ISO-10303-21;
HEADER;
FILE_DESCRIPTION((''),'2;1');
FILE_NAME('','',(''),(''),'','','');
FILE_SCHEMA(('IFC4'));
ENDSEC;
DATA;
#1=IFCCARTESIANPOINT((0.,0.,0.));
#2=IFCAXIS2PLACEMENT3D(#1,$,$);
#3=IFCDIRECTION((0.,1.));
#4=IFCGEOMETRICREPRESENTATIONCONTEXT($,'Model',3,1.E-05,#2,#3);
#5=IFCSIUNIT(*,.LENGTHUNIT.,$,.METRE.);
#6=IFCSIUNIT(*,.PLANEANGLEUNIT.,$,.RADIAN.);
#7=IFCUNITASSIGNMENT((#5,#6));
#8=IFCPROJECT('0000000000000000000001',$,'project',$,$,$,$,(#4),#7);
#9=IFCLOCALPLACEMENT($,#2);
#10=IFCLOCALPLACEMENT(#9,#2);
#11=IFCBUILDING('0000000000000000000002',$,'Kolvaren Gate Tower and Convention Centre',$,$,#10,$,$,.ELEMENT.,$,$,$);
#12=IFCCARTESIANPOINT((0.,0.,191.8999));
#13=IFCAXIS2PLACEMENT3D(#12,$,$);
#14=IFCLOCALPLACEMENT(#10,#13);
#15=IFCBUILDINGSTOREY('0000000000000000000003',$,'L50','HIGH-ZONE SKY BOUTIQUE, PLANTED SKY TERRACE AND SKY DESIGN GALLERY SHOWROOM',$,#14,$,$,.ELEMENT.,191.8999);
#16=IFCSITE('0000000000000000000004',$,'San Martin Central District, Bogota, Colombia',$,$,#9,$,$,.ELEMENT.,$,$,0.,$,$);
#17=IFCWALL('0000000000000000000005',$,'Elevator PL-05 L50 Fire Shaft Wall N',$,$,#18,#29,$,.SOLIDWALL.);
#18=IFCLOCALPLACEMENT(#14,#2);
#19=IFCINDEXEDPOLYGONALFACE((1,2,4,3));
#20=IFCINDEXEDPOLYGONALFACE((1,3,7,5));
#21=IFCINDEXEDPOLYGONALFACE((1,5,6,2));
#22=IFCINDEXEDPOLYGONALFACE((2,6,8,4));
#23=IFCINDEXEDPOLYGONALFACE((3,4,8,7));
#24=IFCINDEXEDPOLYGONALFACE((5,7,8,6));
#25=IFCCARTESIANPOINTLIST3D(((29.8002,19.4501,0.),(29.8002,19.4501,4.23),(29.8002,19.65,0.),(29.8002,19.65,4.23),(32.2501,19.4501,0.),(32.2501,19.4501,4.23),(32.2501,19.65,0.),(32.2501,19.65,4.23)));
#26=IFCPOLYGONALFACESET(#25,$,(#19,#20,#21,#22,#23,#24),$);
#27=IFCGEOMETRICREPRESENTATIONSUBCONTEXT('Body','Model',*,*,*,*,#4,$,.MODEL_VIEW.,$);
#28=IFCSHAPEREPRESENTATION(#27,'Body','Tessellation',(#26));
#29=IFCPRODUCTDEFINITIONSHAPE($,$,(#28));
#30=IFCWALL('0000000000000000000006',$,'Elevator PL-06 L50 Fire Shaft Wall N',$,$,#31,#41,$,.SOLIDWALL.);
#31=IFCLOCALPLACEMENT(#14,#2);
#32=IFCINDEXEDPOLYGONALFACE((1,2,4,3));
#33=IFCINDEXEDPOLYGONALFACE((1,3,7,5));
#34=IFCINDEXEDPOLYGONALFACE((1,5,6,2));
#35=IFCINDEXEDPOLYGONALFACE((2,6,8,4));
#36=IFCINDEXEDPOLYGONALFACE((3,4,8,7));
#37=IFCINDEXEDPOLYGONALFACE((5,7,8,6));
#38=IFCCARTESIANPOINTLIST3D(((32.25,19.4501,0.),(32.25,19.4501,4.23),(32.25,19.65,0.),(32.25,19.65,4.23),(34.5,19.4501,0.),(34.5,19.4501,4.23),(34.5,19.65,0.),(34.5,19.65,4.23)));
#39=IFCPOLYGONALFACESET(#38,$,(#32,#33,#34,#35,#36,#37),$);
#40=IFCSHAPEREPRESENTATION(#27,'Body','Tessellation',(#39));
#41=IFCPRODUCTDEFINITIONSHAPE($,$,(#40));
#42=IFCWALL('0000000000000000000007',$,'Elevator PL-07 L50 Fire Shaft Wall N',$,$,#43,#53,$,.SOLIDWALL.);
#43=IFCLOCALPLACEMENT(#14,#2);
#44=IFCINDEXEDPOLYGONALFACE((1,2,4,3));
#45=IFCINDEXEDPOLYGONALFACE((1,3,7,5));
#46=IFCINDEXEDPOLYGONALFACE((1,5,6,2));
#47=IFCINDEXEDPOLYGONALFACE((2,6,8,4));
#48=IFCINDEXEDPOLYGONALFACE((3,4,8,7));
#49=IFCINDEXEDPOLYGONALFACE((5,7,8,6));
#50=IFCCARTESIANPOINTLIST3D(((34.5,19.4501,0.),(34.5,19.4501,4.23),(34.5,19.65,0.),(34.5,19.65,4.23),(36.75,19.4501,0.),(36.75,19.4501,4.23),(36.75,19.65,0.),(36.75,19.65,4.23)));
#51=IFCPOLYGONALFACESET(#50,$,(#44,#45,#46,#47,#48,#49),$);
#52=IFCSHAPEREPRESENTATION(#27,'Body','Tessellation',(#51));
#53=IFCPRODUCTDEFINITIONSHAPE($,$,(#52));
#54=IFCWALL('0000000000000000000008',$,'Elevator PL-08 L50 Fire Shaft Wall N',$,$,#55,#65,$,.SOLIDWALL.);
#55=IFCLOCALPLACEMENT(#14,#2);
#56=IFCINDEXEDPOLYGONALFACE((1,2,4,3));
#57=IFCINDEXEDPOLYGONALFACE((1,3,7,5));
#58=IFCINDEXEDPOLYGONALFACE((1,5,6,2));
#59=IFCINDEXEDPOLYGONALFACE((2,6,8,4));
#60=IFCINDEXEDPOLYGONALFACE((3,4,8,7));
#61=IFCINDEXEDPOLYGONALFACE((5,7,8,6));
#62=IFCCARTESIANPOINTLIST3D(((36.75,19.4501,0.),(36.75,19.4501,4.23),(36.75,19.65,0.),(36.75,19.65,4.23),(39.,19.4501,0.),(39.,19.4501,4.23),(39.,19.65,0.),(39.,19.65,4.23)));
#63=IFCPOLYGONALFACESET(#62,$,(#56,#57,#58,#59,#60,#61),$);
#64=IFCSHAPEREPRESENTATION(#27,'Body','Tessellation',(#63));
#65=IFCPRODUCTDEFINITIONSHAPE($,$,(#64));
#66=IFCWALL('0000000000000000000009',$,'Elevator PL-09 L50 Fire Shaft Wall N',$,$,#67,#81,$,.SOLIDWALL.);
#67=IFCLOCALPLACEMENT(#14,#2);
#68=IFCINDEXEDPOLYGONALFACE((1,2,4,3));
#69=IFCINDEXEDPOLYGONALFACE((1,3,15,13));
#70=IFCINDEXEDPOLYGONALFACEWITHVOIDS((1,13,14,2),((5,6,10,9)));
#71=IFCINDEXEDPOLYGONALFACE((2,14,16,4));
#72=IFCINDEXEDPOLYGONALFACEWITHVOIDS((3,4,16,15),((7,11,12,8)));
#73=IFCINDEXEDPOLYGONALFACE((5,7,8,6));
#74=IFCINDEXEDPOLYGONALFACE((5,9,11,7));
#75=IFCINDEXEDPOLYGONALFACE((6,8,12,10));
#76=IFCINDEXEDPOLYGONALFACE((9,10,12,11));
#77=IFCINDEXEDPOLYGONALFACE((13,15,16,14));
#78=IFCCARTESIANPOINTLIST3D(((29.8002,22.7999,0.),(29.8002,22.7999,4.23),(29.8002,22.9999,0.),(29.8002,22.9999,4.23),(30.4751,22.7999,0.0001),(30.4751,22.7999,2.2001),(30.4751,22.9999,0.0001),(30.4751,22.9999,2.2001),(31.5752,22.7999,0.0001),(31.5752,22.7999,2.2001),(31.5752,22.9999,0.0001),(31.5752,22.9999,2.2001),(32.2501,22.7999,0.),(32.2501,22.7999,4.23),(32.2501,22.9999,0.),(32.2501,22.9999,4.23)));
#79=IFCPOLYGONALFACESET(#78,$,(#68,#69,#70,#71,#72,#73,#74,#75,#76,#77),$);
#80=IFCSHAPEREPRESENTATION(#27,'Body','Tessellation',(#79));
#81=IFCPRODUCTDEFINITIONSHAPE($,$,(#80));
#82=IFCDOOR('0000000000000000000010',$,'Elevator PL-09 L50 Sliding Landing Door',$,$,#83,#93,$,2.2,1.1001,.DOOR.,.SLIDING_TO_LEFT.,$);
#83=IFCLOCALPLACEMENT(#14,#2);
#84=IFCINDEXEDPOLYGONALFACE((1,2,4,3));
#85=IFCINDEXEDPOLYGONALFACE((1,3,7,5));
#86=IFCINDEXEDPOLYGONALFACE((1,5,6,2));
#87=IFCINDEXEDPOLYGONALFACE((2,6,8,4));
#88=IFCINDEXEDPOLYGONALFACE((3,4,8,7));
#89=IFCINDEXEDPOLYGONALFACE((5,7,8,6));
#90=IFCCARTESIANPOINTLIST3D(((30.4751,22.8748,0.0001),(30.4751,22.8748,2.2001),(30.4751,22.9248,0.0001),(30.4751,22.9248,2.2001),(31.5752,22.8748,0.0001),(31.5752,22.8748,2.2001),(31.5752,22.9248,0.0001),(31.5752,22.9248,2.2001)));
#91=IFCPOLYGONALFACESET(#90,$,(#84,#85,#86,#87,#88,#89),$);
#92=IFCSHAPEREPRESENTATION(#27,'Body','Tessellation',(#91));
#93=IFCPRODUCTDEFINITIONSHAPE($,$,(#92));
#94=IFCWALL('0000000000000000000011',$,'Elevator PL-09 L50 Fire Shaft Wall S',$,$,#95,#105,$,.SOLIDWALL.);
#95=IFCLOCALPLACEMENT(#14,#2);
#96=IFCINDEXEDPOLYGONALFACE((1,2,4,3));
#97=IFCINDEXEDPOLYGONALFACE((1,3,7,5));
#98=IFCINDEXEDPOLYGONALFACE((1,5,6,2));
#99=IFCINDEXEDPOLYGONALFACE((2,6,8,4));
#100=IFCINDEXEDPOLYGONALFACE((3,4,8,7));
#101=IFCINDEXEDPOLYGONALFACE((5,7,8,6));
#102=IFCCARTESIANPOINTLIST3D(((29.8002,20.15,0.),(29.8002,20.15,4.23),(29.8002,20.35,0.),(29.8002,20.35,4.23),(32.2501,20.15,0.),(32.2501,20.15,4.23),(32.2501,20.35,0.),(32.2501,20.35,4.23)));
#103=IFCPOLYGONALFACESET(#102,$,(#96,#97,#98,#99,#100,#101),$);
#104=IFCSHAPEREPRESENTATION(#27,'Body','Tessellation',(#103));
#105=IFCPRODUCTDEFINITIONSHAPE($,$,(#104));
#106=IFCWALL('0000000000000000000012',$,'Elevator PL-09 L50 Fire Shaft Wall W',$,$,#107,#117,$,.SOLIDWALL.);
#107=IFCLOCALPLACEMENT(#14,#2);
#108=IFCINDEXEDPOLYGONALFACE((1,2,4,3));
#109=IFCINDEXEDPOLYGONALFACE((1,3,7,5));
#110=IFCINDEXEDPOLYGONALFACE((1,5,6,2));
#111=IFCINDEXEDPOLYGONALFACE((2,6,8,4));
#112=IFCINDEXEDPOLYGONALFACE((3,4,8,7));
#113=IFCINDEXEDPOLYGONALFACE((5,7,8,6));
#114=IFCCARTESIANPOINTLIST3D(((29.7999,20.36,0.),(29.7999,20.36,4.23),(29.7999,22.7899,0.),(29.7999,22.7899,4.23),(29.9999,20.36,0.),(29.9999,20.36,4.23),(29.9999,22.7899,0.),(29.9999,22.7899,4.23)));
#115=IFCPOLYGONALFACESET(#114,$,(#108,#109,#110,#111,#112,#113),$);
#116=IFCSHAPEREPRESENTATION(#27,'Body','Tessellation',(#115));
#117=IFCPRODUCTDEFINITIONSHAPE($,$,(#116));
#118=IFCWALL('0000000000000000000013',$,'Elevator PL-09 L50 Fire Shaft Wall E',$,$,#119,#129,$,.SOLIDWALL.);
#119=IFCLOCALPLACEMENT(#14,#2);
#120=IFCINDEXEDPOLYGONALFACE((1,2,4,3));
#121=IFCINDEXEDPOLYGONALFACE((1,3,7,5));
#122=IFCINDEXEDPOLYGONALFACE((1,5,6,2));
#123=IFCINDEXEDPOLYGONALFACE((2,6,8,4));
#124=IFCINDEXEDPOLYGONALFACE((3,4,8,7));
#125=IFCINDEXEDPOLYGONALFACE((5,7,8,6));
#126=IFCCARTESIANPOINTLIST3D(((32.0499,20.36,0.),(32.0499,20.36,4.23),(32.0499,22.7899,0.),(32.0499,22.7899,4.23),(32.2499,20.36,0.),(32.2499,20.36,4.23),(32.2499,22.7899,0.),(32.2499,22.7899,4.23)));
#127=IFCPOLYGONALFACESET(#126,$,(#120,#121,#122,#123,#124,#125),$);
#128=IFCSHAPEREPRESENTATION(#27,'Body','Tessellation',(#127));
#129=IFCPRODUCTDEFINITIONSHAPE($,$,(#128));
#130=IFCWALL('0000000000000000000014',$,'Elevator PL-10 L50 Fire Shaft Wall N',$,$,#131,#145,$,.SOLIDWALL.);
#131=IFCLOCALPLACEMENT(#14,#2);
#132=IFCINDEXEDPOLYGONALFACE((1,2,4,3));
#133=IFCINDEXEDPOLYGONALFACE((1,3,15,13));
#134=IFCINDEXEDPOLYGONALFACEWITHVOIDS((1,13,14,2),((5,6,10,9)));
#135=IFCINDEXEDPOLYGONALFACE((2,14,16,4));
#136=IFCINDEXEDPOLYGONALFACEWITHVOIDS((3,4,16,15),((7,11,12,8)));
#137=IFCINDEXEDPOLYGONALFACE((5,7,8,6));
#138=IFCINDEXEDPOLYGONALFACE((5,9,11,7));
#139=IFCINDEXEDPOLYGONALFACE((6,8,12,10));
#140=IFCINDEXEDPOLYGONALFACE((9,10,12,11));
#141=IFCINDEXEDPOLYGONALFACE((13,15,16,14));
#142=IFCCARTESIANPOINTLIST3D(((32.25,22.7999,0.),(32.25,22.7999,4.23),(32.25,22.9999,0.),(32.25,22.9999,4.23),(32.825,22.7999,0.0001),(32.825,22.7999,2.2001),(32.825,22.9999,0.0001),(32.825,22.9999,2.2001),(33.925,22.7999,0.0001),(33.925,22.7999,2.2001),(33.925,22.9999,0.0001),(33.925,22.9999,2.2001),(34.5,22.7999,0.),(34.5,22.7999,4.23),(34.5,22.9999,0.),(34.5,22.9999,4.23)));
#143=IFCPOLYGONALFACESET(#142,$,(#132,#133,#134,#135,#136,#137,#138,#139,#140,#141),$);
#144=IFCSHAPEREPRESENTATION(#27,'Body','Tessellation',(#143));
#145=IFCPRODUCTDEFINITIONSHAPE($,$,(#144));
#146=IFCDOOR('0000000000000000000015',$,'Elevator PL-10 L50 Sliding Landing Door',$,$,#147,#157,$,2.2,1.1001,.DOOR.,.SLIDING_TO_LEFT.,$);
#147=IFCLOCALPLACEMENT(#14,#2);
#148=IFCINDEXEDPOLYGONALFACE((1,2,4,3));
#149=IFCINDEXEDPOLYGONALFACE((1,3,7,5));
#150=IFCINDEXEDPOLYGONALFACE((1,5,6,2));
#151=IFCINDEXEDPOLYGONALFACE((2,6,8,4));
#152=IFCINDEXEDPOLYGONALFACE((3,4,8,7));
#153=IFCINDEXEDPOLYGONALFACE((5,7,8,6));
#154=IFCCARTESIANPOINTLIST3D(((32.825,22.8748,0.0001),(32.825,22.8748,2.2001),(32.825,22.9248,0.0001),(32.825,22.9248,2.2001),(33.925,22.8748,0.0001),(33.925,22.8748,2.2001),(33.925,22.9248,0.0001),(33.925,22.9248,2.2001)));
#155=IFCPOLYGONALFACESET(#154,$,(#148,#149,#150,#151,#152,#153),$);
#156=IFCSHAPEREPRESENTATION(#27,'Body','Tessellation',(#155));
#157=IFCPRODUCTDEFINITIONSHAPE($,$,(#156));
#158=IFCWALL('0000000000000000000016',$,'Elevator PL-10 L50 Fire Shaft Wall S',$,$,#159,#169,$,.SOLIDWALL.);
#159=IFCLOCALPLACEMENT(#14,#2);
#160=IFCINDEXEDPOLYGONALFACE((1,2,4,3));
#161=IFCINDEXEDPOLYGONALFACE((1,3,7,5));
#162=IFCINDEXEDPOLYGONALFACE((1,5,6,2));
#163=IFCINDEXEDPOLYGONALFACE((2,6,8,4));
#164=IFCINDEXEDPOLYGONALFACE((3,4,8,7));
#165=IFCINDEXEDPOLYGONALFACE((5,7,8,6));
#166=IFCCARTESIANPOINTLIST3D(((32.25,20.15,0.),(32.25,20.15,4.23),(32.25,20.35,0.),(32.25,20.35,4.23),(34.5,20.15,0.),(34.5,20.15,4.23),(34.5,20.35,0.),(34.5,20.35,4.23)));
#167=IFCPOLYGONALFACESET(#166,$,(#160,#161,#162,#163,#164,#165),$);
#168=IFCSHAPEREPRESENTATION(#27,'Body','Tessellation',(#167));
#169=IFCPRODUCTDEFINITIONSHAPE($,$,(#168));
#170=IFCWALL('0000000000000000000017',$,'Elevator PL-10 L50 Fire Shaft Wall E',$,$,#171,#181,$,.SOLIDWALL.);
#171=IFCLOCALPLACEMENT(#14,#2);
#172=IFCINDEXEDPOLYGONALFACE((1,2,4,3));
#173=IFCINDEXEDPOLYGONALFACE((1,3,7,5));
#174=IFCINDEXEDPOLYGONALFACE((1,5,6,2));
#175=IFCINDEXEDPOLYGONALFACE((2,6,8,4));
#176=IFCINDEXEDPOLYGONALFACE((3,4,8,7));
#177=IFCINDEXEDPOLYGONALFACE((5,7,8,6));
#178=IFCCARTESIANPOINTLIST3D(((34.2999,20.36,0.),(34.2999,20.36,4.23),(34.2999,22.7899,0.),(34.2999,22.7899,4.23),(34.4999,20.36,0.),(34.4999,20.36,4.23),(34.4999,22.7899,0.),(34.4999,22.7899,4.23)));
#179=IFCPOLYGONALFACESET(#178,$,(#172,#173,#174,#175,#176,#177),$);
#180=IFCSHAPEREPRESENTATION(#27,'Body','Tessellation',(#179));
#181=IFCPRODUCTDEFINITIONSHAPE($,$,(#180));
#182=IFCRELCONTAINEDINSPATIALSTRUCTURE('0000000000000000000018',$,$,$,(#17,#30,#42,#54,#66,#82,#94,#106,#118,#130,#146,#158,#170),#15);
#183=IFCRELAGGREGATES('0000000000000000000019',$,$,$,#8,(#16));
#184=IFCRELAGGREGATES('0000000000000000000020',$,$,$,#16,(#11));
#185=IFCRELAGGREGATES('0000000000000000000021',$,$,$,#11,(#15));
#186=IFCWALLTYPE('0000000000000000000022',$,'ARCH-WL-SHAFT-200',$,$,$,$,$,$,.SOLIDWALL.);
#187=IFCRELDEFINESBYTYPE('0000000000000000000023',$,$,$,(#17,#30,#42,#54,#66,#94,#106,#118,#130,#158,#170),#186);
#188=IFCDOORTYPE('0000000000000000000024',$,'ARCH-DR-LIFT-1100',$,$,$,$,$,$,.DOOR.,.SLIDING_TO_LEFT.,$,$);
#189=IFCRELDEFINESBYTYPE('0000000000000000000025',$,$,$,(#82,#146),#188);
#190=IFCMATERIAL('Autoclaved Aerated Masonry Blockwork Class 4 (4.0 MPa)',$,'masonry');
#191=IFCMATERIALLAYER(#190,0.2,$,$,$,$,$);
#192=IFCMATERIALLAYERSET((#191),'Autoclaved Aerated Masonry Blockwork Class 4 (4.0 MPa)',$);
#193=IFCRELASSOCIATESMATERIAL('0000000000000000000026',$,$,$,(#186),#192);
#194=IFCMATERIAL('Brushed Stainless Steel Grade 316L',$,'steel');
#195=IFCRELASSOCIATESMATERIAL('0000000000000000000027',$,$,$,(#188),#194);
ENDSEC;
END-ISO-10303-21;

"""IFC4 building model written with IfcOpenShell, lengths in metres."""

from ifc_helpers import new_model, si_unit, direction, frame, frame_2d, origin, place, context, subcontext, project, spatial, rectangle, extrude, material, layer, layer_set, type_object, element, fill, save


model = new_model("IFC4")

# Units and contexts
model_context = context("Model", 3, precision=1e-05, world=origin(), true_north=direction((0.0, 1.0)))
body_context = subcontext(model_context, "Body", "Model", "MODEL_VIEW")
ifc_project = project(units=[si_unit("LENGTHUNIT", "METRE"), si_unit("PLANEANGLEUNIT", "RADIAN")], contexts=[model_context])

# Site, building, storey
site_placement = place(None, origin())
site = spatial("IfcSite", under=ifc_project, at=site_placement, Name="San Martin Central District, Bogota, Colombia", CompositionType="ELEMENT", RefElevation=0.0)
building_placement = place(site_placement, origin())
building = spatial("IfcBuilding", under=site, at=building_placement, Name="Kolvaren Gate Tower and Convention Centre", CompositionType="ELEMENT")
storey_placement = place(building_placement, frame((0.0, 0.0, 191.8999)))
storey = spatial("IfcBuildingStorey", under=building, at=storey_placement, Name="L50", Description="HIGH-ZONE SKY BOUTIQUE, PLANTED SKY TERRACE AND SKY DESIGN GALLERY SHOWROOM", CompositionType="ELEMENT", Elevation=191.8999)

# Walls
ifc_material_1 = material(Name="Autoclaved Aerated Masonry Blockwork Class 4 (4.0 MPa)", Category="masonry")
ifc_layer = layer(ifc_material_1, 0.2)
ifc_layer_set = layer_set([ifc_layer], Name="Autoclaved Aerated Masonry Blockwork Class 4 (4.0 MPa)")
wall_type = type_object("IfcWallType", Name="ARCH-WL-SHAFT-200", PredefinedType="SOLIDWALL", material=ifc_layer_set)
wall_1_placement = place(storey_placement, frame((29.8, 19.55, 0.0), z_axis=(0.0, 0.0, 1.0), x_axis=(1.0, 0.0, 0.0)))
element("IfcWall", 1, at=wall_1_placement, inside=storey, type_object=wall_type, Name="Elevator PL-05 L50 Fire Shaft Wall N", PredefinedType="SOLIDWALL", context=body_context, shape_type="SweptSolid", body=[
    extrude(rectangle(XDim=2.45, YDim=0.2, at=frame_2d((1.2251, 0.0))), origin(), (0.0, 0.0, 1.0), 4.23),
])
for number, where, z_axis, x_axis, name in (
    (2, (32.25, 19.55, 0.0), (0.0, 0.0, 1.0), (1.0, 0.0, 0.0), "Elevator PL-06 L50 Fire Shaft Wall N"),
    (3, (34.5, 19.55, 0.0), (0.0, 0.0, 1.0), (1.0, 0.0, 0.0), "Elevator PL-07 L50 Fire Shaft Wall N"),
    (4, (36.75, 19.55, 0.0), (0.0, 0.0, 1.0), (1.0, 0.0, 0.0), "Elevator PL-08 L50 Fire Shaft Wall N"),
):
    element("IfcWall", number, at=place(storey_placement, frame(where, z_axis=z_axis, x_axis=x_axis)), inside=storey, type_object=wall_type, Name=name, PredefinedType="SOLIDWALL", context=body_context, shape_type="SweptSolid", body=[
        extrude(rectangle(XDim=2.25, YDim=0.2, at=frame_2d((1.125, 0.0))), origin(), (0.0, 0.0, 1.0), 4.23),
    ])

# Wall, opening, door
wall_2_placement = place(storey_placement, frame((29.8, 22.8999, 0.0), z_axis=(0.0, 0.0, 1.0), x_axis=(1.0, 0.0, 0.0)))
wall_2 = element("IfcWall", 5, at=wall_2_placement, inside=storey, type_object=wall_type, Name="Elevator PL-09 L50 Fire Shaft Wall N", PredefinedType="SOLIDWALL", context=body_context, shape_type="SweptSolid", body=[
    extrude(rectangle(XDim=2.45, YDim=0.2, at=frame_2d((1.2251, 0.0))), origin(), (0.0, 0.0, 1.0), 4.23),
])
opening_1_placement = place(wall_2_placement, frame((0.675, 0.0, 0.0)))
opening_1 = element("IfcOpeningElement", 6, at=opening_1_placement, cuts=wall_2, PredefinedType="OPENING", context=body_context, shape_type="SweptSolid", body=[
    extrude(rectangle(XDim=1.1001, YDim=2.2, at=frame_2d((0.55, 1.1001))), frame((0.0, 0.1099, 0.0), z_axis=(0.0, -1.0, 0.0), x_axis=(1.0, 0.0, 0.0)), (0.0, 0.0, 1.0), 0.22),
])
ifc_material_2 = material(Name="Brushed Stainless Steel Grade 316L", Category="steel")
door_type = type_object("IfcDoorType", Name="ARCH-DR-LIFT-1100", OperationType="SLIDING_TO_LEFT", PredefinedType="DOOR", material=ifc_material_2)
door_1_placement = place(opening_1_placement, origin())
door_1 = element("IfcDoor", 7, at=door_1_placement, inside=storey, type_object=door_type, Name="Elevator PL-09 L50 Sliding Landing Door", OperationType="SLIDING_TO_LEFT", OverallHeight=2.2, OverallWidth=1.1001, PredefinedType="DOOR", context=body_context, shape_type="SweptSolid", body=[
    extrude(rectangle(XDim=1.1001, YDim=2.2, at=frame_2d((0.55, 1.1001))), frame((0.0, 0.0249, 0.0), z_axis=(0.0, -1.0, 0.0), x_axis=(1.0, 0.0, 0.0)), (0.0, 0.0, 1.0), 0.05),
])
fill(opening_1, door_1)

# Walls
wall_3_placement = place(storey_placement, frame((29.8, 20.25, 0.0), z_axis=(0.0, 0.0, 1.0), x_axis=(1.0, 0.0, 0.0)))
element("IfcWall", 8, at=wall_3_placement, inside=storey, type_object=wall_type, Name="Elevator PL-09 L50 Fire Shaft Wall S", PredefinedType="SOLIDWALL", context=body_context, shape_type="SweptSolid", body=[
    extrude(rectangle(XDim=2.45, YDim=0.2, at=frame_2d((1.2251, 0.0))), origin(), (0.0, 0.0, 1.0), 4.23),
])
for number, where, z_axis, x_axis, name in (
    (9, (29.8999, 20.3601, 0.0), (0.0, 0.0, 1.0), (0.0, 1.0, 0.0), "Elevator PL-09 L50 Fire Shaft Wall W"),
    (10, (32.1499, 20.3601, 0.0), (0.0, 0.0, 1.0), (0.0, 1.0, 0.0), "Elevator PL-09 L50 Fire Shaft Wall E"),
):
    element("IfcWall", number, at=place(storey_placement, frame(where, z_axis=z_axis, x_axis=x_axis)), inside=storey, type_object=wall_type, Name=name, PredefinedType="SOLIDWALL", context=body_context, shape_type="SweptSolid", body=[
        extrude(rectangle(XDim=2.4299, YDim=0.2, at=frame_2d((1.2148, 0.0))), origin(), (0.0, 0.0, 1.0), 4.23),
    ])

# Wall, opening, door
wall_4_placement = place(storey_placement, frame((32.25, 22.8999, 0.0), z_axis=(0.0, 0.0, 1.0), x_axis=(1.0, 0.0, 0.0)))
wall_4 = element("IfcWall", 11, at=wall_4_placement, inside=storey, type_object=wall_type, Name="Elevator PL-10 L50 Fire Shaft Wall N", PredefinedType="SOLIDWALL", context=body_context, shape_type="SweptSolid", body=[
    extrude(rectangle(XDim=2.25, YDim=0.2, at=frame_2d((1.125, 0.0))), origin(), (0.0, 0.0, 1.0), 4.23),
])
opening_2_placement = place(wall_4_placement, frame((0.575, 0.0, 0.0)))
opening_2 = element("IfcOpeningElement", 12, at=opening_2_placement, cuts=wall_4, PredefinedType="OPENING", context=body_context, shape_type="SweptSolid", body=[
    extrude(rectangle(XDim=1.1001, YDim=2.2, at=frame_2d((0.55, 1.1001))), frame((0.0, 0.1099, 0.0), z_axis=(0.0, -1.0, 0.0), x_axis=(1.0, 0.0, 0.0)), (0.0, 0.0, 1.0), 0.22),
])
door_2_placement = place(opening_2_placement, origin())
door_2 = element("IfcDoor", 13, at=door_2_placement, inside=storey, type_object=door_type, Name="Elevator PL-10 L50 Sliding Landing Door", OperationType="SLIDING_TO_LEFT", OverallHeight=2.2, OverallWidth=1.1001, PredefinedType="DOOR", context=body_context, shape_type="SweptSolid", body=[
    extrude(rectangle(XDim=1.1001, YDim=2.2, at=frame_2d((0.55, 1.1001))), frame((0.0, 0.0249, 0.0), z_axis=(0.0, -1.0, 0.0), x_axis=(1.0, 0.0, 0.0)), (0.0, 0.0, 1.0), 0.05),
])
fill(opening_2, door_2)

# Walls
wall_5_placement = place(storey_placement, frame((32.25, 20.25, 0.0), z_axis=(0.0, 0.0, 1.0), x_axis=(1.0, 0.0, 0.0)))
element("IfcWall", 14, at=wall_5_placement, inside=storey, type_object=wall_type, Name="Elevator PL-10 L50 Fire Shaft Wall S", PredefinedType="SOLIDWALL", context=body_context, shape_type="SweptSolid", body=[
    extrude(rectangle(XDim=2.25, YDim=0.2, at=frame_2d((1.125, 0.0))), origin(), (0.0, 0.0, 1.0), 4.23),
])
wall_6_placement = place(storey_placement, frame((34.3999, 20.3601, 0.0), z_axis=(0.0, 0.0, 1.0), x_axis=(0.0, 1.0, 0.0)))
element("IfcWall", 15, at=wall_6_placement, inside=storey, type_object=wall_type, Name="Elevator PL-10 L50 Fire Shaft Wall E", PredefinedType="SOLIDWALL", context=body_context, shape_type="SweptSolid", body=[
    extrude(rectangle(XDim=2.4299, YDim=0.2, at=frame_2d((1.2148, 0.0))), origin(), (0.0, 0.0, 1.0), 4.23),
])

save(model, "model.ifc")
